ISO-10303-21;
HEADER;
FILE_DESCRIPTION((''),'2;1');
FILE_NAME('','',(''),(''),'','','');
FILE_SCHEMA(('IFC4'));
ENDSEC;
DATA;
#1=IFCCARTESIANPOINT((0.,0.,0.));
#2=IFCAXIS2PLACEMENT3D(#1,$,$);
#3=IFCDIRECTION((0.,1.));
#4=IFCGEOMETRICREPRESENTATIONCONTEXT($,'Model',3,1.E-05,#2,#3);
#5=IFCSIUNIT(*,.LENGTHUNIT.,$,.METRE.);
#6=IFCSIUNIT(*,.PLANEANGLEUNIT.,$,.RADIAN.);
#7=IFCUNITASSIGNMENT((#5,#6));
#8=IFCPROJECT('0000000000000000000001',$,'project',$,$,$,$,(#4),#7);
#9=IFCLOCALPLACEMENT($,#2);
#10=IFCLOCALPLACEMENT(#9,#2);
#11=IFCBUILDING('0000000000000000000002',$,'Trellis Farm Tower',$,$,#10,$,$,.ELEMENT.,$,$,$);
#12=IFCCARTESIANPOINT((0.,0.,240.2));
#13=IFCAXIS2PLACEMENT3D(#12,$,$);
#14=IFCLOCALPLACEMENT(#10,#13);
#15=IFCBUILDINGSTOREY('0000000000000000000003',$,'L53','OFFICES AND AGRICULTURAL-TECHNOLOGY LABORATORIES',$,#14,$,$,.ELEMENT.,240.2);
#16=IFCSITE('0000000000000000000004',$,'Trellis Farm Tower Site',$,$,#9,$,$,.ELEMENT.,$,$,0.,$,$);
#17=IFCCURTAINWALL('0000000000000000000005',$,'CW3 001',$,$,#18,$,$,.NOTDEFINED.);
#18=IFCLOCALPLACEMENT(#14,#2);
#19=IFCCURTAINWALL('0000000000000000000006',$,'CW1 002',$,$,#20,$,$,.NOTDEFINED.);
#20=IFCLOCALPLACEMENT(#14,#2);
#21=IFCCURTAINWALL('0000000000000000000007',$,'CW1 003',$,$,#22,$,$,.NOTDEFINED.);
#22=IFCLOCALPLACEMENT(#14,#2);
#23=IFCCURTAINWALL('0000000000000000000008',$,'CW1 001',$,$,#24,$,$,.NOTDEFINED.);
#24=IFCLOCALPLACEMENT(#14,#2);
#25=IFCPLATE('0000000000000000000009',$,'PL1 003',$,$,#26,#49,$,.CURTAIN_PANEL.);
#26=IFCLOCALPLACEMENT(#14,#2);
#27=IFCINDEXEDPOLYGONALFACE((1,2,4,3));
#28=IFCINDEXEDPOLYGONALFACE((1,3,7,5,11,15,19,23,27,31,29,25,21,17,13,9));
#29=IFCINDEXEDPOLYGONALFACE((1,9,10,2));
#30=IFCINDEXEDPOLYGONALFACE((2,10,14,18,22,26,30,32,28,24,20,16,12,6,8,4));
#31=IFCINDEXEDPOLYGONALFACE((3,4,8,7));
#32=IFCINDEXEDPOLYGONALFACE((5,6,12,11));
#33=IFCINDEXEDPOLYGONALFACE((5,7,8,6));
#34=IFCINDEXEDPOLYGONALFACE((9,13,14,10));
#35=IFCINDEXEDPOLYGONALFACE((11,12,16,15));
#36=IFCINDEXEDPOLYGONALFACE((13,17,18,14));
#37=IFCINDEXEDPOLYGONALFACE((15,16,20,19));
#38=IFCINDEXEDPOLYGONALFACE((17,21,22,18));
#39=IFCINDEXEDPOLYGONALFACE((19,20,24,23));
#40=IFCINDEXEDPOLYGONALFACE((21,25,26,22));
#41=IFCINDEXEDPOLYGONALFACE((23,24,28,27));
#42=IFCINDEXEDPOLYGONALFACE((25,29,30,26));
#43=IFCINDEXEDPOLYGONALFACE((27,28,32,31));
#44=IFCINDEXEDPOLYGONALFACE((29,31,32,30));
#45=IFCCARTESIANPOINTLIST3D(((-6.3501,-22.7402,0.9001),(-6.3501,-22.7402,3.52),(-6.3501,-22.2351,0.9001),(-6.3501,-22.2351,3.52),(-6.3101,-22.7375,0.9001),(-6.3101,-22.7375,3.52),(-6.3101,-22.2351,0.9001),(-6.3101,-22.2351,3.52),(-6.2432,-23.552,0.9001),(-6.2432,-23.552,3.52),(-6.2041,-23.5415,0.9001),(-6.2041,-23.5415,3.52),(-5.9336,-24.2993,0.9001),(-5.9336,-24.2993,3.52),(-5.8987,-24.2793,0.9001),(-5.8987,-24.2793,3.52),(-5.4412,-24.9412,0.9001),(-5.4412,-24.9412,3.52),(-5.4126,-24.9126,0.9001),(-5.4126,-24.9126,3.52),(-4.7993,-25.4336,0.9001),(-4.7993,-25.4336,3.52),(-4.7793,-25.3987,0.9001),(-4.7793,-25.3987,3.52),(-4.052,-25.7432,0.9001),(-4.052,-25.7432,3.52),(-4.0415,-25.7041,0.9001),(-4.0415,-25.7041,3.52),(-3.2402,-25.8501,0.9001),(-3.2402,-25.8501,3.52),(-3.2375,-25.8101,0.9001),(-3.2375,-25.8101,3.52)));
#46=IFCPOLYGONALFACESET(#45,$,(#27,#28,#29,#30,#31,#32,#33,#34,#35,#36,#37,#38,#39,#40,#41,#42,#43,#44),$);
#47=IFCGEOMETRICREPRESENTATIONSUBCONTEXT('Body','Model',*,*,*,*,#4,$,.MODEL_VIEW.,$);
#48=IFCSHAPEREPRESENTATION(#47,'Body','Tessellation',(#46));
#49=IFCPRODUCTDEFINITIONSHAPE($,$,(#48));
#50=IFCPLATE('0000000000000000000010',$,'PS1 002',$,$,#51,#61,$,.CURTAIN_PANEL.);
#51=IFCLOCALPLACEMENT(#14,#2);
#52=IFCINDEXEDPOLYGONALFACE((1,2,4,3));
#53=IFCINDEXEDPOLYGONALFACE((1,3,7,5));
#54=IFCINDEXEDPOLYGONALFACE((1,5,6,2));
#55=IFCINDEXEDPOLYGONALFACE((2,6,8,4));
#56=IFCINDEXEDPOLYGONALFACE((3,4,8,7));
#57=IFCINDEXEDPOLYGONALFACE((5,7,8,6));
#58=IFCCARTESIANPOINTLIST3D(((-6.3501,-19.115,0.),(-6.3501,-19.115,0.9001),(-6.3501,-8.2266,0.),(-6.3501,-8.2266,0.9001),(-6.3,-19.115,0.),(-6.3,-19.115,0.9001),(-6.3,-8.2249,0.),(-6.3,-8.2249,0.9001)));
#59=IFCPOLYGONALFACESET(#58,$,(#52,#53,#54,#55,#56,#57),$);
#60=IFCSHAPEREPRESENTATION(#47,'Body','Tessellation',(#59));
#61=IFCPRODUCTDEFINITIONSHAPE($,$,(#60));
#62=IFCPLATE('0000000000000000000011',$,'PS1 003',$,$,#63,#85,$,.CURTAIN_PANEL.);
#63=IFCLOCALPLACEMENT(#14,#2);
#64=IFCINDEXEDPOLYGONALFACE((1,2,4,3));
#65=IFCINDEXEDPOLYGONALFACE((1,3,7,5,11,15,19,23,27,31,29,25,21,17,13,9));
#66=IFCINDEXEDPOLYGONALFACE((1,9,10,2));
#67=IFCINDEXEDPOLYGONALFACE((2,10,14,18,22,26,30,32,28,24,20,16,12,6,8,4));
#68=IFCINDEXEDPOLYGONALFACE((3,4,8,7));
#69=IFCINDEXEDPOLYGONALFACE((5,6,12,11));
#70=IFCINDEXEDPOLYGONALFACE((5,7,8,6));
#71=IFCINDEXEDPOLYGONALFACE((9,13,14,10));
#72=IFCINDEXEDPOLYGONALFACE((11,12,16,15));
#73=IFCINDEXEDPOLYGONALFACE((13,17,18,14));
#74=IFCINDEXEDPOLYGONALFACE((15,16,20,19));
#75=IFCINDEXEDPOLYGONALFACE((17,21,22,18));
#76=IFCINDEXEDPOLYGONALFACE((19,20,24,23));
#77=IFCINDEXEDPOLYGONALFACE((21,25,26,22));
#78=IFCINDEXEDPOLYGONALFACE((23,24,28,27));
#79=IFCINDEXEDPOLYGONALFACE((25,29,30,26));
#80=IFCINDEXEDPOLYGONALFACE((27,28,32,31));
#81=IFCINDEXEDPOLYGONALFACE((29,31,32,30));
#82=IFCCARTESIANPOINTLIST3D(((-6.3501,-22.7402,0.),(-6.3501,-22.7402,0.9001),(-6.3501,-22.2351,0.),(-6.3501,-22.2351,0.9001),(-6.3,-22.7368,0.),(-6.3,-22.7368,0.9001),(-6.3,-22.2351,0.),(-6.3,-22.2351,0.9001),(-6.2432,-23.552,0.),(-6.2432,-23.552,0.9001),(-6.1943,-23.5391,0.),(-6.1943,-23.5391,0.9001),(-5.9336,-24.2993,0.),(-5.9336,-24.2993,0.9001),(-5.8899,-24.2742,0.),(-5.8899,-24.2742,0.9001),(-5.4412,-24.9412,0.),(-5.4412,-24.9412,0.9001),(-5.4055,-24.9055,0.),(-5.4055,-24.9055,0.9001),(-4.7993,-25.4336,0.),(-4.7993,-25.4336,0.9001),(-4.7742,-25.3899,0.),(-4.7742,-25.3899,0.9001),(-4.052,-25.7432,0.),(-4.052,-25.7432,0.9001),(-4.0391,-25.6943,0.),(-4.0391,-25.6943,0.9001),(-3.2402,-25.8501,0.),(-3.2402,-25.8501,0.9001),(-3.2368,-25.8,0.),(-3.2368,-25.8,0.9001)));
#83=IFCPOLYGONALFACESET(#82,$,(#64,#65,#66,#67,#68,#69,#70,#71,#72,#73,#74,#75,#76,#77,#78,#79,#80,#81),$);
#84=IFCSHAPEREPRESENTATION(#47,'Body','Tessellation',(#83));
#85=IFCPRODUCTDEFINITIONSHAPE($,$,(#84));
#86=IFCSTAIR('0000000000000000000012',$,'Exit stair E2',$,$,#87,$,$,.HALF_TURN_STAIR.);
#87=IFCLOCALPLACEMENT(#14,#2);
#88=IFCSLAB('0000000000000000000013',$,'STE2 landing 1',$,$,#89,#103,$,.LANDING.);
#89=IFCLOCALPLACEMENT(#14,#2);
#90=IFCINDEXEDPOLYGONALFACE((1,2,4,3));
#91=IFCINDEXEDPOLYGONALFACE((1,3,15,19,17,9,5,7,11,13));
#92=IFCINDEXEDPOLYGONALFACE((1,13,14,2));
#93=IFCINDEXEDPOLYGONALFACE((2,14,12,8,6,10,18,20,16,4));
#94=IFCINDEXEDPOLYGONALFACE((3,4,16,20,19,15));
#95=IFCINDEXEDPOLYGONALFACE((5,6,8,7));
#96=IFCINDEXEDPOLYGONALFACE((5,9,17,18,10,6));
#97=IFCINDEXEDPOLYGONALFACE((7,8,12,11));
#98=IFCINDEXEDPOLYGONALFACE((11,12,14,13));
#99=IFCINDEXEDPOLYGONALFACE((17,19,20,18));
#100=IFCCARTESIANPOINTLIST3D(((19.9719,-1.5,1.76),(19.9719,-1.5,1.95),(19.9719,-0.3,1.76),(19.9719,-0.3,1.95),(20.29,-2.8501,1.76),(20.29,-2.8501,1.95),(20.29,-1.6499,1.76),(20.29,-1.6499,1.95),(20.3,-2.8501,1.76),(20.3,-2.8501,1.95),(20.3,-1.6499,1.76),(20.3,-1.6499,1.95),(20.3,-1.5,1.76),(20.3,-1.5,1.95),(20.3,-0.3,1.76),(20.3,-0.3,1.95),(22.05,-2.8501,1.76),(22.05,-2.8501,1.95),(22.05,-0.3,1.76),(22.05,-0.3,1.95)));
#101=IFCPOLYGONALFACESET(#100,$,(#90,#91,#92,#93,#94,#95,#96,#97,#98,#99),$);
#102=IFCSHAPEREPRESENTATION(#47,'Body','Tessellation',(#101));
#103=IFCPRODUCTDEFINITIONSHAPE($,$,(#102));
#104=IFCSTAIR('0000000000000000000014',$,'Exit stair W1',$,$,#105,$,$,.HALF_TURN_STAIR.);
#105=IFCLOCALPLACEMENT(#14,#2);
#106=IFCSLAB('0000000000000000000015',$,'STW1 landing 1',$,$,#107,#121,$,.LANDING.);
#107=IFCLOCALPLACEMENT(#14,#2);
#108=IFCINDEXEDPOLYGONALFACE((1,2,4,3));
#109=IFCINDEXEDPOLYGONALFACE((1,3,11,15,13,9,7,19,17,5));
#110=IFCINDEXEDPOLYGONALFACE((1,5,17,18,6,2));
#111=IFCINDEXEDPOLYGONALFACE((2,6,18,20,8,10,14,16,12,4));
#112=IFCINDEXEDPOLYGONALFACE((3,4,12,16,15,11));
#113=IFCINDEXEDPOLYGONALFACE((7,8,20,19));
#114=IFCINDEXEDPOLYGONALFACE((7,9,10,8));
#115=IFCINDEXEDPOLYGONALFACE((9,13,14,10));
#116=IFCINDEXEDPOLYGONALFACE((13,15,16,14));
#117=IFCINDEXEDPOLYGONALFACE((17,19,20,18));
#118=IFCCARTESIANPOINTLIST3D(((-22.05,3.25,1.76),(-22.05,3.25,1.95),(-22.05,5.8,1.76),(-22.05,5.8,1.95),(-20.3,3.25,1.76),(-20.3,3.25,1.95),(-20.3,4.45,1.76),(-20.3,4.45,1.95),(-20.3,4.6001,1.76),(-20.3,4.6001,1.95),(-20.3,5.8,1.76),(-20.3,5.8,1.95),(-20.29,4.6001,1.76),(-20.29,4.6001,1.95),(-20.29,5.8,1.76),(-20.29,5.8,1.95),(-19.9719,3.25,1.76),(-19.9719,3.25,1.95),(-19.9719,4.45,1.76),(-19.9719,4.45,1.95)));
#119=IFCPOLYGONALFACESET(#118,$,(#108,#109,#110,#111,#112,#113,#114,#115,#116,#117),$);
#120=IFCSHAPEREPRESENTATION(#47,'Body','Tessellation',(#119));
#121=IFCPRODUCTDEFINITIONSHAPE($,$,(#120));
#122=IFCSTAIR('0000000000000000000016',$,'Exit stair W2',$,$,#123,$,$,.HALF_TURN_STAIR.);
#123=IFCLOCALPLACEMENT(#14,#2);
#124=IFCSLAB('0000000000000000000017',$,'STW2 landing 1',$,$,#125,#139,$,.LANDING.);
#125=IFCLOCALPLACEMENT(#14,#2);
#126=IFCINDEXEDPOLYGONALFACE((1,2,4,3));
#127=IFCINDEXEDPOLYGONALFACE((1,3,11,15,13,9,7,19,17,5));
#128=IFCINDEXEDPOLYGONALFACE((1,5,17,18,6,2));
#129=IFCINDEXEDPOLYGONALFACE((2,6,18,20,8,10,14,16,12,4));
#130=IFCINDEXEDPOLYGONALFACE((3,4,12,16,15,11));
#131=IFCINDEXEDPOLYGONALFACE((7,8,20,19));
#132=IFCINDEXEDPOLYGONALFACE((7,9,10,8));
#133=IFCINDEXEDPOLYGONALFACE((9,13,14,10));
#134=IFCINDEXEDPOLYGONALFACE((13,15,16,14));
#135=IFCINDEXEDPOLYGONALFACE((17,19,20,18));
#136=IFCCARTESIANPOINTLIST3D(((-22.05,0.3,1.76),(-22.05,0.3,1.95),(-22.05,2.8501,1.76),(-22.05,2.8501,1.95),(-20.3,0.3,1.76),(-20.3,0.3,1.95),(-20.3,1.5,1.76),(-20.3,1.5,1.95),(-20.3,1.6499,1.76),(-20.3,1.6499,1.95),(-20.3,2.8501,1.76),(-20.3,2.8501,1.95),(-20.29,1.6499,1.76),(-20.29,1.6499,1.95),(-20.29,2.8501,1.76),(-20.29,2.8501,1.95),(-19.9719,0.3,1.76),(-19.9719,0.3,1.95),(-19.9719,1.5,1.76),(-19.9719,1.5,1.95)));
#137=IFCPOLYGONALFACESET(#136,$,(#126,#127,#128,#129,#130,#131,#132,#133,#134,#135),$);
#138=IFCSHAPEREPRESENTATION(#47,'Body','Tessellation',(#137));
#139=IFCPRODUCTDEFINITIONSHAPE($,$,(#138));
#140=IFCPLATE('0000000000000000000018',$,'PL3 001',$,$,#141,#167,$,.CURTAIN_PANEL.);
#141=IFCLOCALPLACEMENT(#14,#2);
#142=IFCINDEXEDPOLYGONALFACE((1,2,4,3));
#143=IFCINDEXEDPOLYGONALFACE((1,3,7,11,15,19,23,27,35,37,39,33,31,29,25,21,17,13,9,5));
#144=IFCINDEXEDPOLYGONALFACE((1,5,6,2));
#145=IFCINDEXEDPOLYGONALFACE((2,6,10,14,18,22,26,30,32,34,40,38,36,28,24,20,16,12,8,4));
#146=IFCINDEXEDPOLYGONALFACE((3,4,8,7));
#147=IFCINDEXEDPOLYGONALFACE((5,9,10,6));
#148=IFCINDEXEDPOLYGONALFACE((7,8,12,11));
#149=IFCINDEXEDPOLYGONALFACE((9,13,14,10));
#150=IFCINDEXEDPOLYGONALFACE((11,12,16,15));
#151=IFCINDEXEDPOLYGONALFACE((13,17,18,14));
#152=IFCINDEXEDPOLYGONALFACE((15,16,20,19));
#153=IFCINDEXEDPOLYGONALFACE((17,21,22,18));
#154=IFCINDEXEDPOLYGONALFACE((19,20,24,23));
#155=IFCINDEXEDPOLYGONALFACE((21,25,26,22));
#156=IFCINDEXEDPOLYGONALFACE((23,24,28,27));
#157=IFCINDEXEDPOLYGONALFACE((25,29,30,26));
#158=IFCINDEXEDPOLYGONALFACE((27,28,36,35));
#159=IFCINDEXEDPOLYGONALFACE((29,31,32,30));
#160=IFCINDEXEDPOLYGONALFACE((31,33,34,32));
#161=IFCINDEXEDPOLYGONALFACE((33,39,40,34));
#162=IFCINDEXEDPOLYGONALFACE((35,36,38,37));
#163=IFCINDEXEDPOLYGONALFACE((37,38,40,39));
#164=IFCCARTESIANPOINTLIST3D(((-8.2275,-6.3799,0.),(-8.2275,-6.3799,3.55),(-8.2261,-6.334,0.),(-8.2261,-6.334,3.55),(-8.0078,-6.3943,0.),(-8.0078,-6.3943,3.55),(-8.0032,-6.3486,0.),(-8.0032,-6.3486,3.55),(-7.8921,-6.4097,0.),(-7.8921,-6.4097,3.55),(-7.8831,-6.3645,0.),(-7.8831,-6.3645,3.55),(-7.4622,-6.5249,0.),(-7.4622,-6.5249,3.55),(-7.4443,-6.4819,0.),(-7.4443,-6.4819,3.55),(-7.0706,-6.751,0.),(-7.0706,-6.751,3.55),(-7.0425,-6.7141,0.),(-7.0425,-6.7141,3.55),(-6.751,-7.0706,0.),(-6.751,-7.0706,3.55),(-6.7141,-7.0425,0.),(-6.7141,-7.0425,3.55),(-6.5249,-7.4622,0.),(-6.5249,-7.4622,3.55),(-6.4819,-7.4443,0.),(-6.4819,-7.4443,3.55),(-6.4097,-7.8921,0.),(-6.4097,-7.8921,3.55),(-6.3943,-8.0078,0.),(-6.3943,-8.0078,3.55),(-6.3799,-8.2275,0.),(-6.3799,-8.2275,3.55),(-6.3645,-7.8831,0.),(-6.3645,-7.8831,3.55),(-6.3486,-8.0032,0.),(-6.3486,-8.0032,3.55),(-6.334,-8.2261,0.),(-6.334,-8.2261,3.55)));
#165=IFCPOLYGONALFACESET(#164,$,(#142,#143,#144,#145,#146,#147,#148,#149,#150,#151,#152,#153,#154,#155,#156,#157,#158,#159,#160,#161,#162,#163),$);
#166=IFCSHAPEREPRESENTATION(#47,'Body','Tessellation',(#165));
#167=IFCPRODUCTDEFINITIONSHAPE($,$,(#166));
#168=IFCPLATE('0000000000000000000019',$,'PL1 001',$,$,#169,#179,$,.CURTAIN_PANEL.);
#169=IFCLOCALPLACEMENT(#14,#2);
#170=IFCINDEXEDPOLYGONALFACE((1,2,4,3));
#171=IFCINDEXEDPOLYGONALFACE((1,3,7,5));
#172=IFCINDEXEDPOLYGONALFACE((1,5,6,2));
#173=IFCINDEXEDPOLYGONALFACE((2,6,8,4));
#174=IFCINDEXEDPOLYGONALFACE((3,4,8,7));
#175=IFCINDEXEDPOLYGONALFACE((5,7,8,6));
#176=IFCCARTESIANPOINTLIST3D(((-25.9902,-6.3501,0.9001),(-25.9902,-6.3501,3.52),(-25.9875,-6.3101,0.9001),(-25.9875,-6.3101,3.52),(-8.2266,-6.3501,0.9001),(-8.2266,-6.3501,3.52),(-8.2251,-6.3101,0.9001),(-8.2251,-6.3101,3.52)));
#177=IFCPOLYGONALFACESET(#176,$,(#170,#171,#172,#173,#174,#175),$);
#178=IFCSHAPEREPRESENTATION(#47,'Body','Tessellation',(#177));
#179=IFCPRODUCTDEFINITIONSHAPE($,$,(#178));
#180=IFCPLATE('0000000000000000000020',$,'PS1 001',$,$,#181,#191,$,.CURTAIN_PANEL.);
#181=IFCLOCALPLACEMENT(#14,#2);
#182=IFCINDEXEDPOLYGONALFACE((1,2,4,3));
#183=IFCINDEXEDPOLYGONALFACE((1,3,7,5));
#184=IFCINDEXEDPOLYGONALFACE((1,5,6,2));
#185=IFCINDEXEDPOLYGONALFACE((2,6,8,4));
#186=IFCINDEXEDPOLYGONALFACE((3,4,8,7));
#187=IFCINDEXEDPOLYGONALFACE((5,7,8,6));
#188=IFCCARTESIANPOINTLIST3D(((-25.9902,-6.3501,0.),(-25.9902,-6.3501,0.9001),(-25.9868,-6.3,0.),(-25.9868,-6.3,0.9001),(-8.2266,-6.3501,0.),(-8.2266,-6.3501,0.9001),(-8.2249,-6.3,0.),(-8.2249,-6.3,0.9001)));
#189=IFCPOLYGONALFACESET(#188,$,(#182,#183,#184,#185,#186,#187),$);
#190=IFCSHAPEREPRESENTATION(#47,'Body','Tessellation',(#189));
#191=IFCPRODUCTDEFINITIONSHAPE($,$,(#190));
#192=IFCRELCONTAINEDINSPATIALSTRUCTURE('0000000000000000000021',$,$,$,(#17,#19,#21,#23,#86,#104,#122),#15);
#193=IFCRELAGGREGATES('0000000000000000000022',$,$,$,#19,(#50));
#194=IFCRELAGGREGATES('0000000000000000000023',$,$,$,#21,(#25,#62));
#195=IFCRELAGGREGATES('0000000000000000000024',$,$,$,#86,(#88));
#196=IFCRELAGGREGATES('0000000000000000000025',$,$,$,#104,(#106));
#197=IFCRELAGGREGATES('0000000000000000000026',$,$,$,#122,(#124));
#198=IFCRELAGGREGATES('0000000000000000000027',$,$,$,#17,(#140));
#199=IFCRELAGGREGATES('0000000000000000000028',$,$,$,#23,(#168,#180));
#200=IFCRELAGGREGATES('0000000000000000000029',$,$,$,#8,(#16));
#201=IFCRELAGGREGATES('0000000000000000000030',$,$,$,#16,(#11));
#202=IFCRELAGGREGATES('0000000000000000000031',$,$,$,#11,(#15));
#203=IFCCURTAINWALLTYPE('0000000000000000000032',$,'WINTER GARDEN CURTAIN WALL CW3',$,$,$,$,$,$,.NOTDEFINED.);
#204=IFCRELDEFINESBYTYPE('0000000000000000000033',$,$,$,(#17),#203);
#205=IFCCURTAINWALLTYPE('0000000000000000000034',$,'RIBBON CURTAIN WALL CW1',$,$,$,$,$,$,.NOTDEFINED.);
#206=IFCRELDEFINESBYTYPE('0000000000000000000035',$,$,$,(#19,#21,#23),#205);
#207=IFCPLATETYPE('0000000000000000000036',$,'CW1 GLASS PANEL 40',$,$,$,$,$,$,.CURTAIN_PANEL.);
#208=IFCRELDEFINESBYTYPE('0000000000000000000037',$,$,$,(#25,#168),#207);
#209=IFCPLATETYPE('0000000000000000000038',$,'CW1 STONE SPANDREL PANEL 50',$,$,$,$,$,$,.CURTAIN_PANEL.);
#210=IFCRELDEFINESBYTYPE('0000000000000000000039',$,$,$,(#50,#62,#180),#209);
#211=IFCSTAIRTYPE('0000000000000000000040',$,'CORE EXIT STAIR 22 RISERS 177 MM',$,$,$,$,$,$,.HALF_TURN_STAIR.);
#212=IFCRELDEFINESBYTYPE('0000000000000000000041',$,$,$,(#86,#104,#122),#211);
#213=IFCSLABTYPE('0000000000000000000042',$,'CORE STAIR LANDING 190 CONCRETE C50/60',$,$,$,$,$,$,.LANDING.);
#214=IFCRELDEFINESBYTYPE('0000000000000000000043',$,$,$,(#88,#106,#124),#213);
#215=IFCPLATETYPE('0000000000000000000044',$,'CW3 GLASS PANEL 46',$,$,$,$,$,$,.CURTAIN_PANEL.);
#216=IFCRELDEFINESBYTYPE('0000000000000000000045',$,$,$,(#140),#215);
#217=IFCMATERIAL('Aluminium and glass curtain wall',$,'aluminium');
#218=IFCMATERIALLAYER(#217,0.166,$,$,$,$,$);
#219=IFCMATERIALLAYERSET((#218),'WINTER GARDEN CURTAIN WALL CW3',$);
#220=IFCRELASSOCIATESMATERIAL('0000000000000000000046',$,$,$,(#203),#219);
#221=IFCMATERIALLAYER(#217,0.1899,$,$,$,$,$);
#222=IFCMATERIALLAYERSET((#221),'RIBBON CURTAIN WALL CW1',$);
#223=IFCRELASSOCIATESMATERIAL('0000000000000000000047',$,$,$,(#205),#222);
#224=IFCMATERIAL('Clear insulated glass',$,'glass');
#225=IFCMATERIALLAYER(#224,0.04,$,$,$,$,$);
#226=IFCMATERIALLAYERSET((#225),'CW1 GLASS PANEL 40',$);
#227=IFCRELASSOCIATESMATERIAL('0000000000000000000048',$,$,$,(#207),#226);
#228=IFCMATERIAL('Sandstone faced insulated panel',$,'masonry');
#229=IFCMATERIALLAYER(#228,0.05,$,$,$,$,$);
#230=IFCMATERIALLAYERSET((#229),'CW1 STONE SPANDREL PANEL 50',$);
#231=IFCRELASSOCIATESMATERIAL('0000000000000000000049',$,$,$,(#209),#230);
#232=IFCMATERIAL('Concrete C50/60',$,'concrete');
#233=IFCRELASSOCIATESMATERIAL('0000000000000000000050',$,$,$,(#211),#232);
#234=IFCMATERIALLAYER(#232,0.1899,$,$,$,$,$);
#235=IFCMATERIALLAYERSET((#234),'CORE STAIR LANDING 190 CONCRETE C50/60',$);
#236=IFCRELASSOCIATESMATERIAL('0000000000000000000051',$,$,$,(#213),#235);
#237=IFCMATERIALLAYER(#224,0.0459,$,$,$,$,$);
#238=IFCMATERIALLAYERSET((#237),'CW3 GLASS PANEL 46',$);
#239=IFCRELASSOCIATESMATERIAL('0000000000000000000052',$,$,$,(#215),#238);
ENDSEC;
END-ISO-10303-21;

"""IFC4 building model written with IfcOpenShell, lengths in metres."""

from ifc_helpers import new_model, si_unit, direction, frame, origin, place, context, subcontext, project, spatial, polyline, outline, extrude, source, transform, mapped, material, layer, layer_set, type_object, element, aggregate, save


model = new_model("IFC4")

# Units and contexts
model_context = context("Model", 3, precision=1e-05, world=origin(), true_north=direction((0.0, 1.0)))
body_context = subcontext(model_context, "Body", "Model", "MODEL_VIEW")
ifc_project = project(units=[si_unit("LENGTHUNIT", "METRE"), si_unit("PLANEANGLEUNIT", "RADIAN")], contexts=[model_context])

# Site, building, storey
site_placement = place(None, origin())
site = spatial("IfcSite", under=ifc_project, at=site_placement, Name="Trellis Farm Tower Site", CompositionType="ELEMENT", RefElevation=0.0)
building_placement = place(site_placement, origin())
building = spatial("IfcBuilding", under=site, at=building_placement, Name="Trellis Farm Tower", CompositionType="ELEMENT")
storey_placement = place(building_placement, frame((0.0, 0.0, 240.2)))
storey = spatial("IfcBuildingStorey", under=building, at=storey_placement, Name="L53", Description="OFFICES AND AGRICULTURAL-TECHNOLOGY LABORATORIES", CompositionType="ELEMENT", Elevation=240.2)

# Curtain walls
ifc_material_1 = material(Name="Aluminium and glass curtain wall", Category="aluminium")
ifc_layer_1 = layer(ifc_material_1, 0.166)
ifc_layer_set_1 = layer_set([ifc_layer_1], Name="WINTER GARDEN CURTAIN WALL CW3")
curtain_wall_type_1 = type_object("IfcCurtainWallType", Name="WINTER GARDEN CURTAIN WALL CW3", PredefinedType="NOTDEFINED", material=ifc_layer_set_1)
placement_1 = place(storey_placement, origin())
curtain_wall_1 = element("IfcCurtainWall", 1, at=placement_1, inside=storey, type_object=curtain_wall_type_1, Name="CW3 001", PredefinedType="NOTDEFINED")
ifc_layer_2 = layer(ifc_material_1, 0.1899)
ifc_layer_set_2 = layer_set([ifc_layer_2], Name="RIBBON CURTAIN WALL CW1")
curtain_wall_type_2 = type_object("IfcCurtainWallType", Name="RIBBON CURTAIN WALL CW1", PredefinedType="NOTDEFINED", material=ifc_layer_set_2)
curtain_wall_2 = element("IfcCurtainWall", 2, at=placement_1, inside=storey, type_object=curtain_wall_type_2, Name="CW1 002", PredefinedType="NOTDEFINED")
curtain_wall_3 = element("IfcCurtainWall", 3, at=placement_1, inside=storey, type_object=curtain_wall_type_2, Name="CW1 003", PredefinedType="NOTDEFINED")
curtain_wall_4 = element("IfcCurtainWall", 4, at=placement_1, inside=storey, type_object=curtain_wall_type_2, Name="CW1 001", PredefinedType="NOTDEFINED")

# Plates
ifc_material_2 = material(Name="Clear insulated glass", Category="glass")
ifc_layer_3 = layer(ifc_material_2, 0.04)
ifc_layer_set_3 = layer_set([ifc_layer_3], Name="CW1 GLASS PANEL 40")
plate_type_1 = type_object("IfcPlateType", Name="CW1 GLASS PANEL 40", PredefinedType="CURTAIN_PANEL", material=ifc_layer_set_3)
placement_2 = place(storey_placement, frame((0.0, 0.0, 0.9001)))
plate_1 = element("IfcPlate", 5, at=placement_2, type_object=plate_type_1, Name="PL1 003", PredefinedType="CURTAIN_PANEL", context=body_context, shape_type="SweptSolid", body=[
    extrude(outline(polyline([(-6.3501, -22.2351), (-6.3501, -22.7402), (-6.2432, -23.552), (-5.9336, -24.2993), (-5.4412, -24.9412), (-4.7993, -25.4336), (-4.052, -25.7432), (-3.2402, -25.8501), (-3.2375, -25.8101), (-4.0415, -25.7041), (-4.7793, -25.3987), (-5.4126, -24.9126), (-5.8987, -24.2793), (-6.2041, -23.5415), (-6.3101, -22.7375), (-6.3101, -22.2351), (-6.3501, -22.2351)])), origin(), (0.0, 0.0, 1.0), 2.6199),
])
ifc_material_3 = material(Name="Sandstone faced insulated panel", Category="masonry")
ifc_layer_4 = layer(ifc_material_3, 0.05)
ifc_layer_set_4 = layer_set([ifc_layer_4], Name="CW1 STONE SPANDREL PANEL 50")
plate_type_2 = type_object("IfcPlateType", Name="CW1 STONE SPANDREL PANEL 50", PredefinedType="CURTAIN_PANEL", material=ifc_layer_set_4)
plate_2 = element("IfcPlate", 6, at=placement_1, type_object=plate_type_2, Name="PS1 002", PredefinedType="CURTAIN_PANEL", context=body_context, shape_type="SweptSolid", body=[
    extrude(outline(polyline([(-6.3501, -8.2266), (-6.3501, -19.115), (-6.3, -19.115), (-6.3, -8.2249), (-6.3501, -8.2266)])), origin(), (0.0, 0.0, 1.0), 0.9001),
])
aggregate(curtain_wall_2, [plate_2])
plate_3 = element("IfcPlate", 7, at=placement_1, type_object=plate_type_2, Name="PS1 003", PredefinedType="CURTAIN_PANEL", context=body_context, shape_type="SweptSolid", body=[
    extrude(outline(polyline([(-6.3501, -22.2351), (-6.3501, -22.7402), (-6.2432, -23.552), (-5.9336, -24.2993), (-5.4412, -24.9412), (-4.7993, -25.4336), (-4.052, -25.7432), (-3.2402, -25.8501), (-3.2368, -25.8), (-4.0391, -25.6943), (-4.7742, -25.3899), (-5.4055, -24.9055), (-5.8899, -24.2742), (-6.1943, -23.5391), (-6.3, -22.7368), (-6.3, -22.2351), (-6.3501, -22.2351)])), origin(), (0.0, 0.0, 1.0), 0.9001),
])
aggregate(curtain_wall_3, [plate_1, plate_3])

# Stairs, slabs
ifc_material_4 = material(Name="Concrete C50/60", Category="concrete")
stair_type = type_object("IfcStairType", Name="CORE EXIT STAIR 22 RISERS 177 MM", PredefinedType="HALF_TURN_STAIR", material=ifc_material_4)
stair_1 = element("IfcStair", 8, at=placement_1, inside=storey, type_object=stair_type, Name="Exit stair E2", PredefinedType="HALF_TURN_STAIR")
ifc_layer_5 = layer(ifc_material_4, 0.1899)
ifc_layer_set_5 = layer_set([ifc_layer_5], Name="CORE STAIR LANDING 190 CONCRETE C50/60")
slab_type = type_object("IfcSlabType", Name="CORE STAIR LANDING 190 CONCRETE C50/60", PredefinedType="LANDING", material=ifc_layer_set_5)
shared_shape_1 = source(origin(), body_context, "Body", "SweptSolid", [
    extrude(outline(polyline([(20.29, -2.8501), (20.29, -1.6499), (20.3, -1.6499), (20.3, -1.5), (19.9719, -1.5), (19.9719, -0.3), (20.3, -0.3), (22.05, -0.3), (22.05, -2.8501), (20.3, -2.8501), (20.29, -2.8501)])), origin(), (0.0, 0.0, 1.0), 0.1899),
])
placement_3 = place(storey_placement, frame((0.0, 0.0, 1.76)))
slab_1 = element("IfcSlab", 9, at=placement_3, type_object=slab_type, Name="STE2 landing 1", PredefinedType="LANDING", context=body_context, shape_type="MappedRepresentation", body=[
    mapped(shared_shape_1, transform((0.0, 0.0, 0.0))),
])
aggregate(stair_1, [slab_1])
stair_2 = element("IfcStair", 10, at=placement_1, inside=storey, type_object=stair_type, Name="Exit stair W1", PredefinedType="HALF_TURN_STAIR")
shared_shape_2 = source(origin(), body_context, "Body", "SweptSolid", [
    extrude(outline(polyline([(-19.9719, 4.45), (-19.9719, 3.25), (-20.3, 3.25), (-22.05, 3.25), (-22.05, 5.8), (-20.3, 5.8), (-20.29, 5.8), (-20.29, 4.6001), (-20.3, 4.6001), (-20.3, 4.45), (-19.9719, 4.45)])), origin(), (0.0, 0.0, 1.0), 0.1899),
])
slab_2 = element("IfcSlab", 11, at=placement_3, type_object=slab_type, Name="STW1 landing 1", PredefinedType="LANDING", context=body_context, shape_type="MappedRepresentation", body=[
    mapped(shared_shape_2, transform((0.0, 0.0, 0.0))),
])
aggregate(stair_2, [slab_2])
stair_3 = element("IfcStair", 12, at=placement_1, inside=storey, type_object=stair_type, Name="Exit stair W2", PredefinedType="HALF_TURN_STAIR")
shared_shape_3 = source(origin(), body_context, "Body", "SweptSolid", [
    extrude(outline(polyline([(-19.9719, 1.5), (-19.9719, 0.3), (-20.3, 0.3), (-22.05, 0.3), (-22.05, 2.8501), (-20.3, 2.8501), (-20.29, 2.8501), (-20.29, 1.6499), (-20.3, 1.6499), (-20.3, 1.5), (-19.9719, 1.5)])), origin(), (0.0, 0.0, 1.0), 0.1899),
])
slab_3 = element("IfcSlab", 13, at=placement_3, type_object=slab_type, Name="STW2 landing 1", PredefinedType="LANDING", context=body_context, shape_type="MappedRepresentation", body=[
    mapped(shared_shape_3, transform((0.0, 0.0, 0.0))),
])
aggregate(stair_3, [slab_3])

# Plates
ifc_layer_6 = layer(ifc_material_2, 0.0459)
ifc_layer_set_6 = layer_set([ifc_layer_6], Name="CW3 GLASS PANEL 46")
plate_type_3 = type_object("IfcPlateType", Name="CW3 GLASS PANEL 46", PredefinedType="CURTAIN_PANEL", material=ifc_layer_set_6)
shared_shape_4 = source(origin(), body_context, "Body", "SweptSolid", [
    extrude(outline(polyline([(-8.2275, -6.3799), (-8.0078, -6.3943), (-7.8921, -6.4097), (-7.4622, -6.5249), (-7.0706, -6.751), (-6.751, -7.0706), (-6.5249, -7.4622), (-6.4097, -7.8921), (-6.3943, -8.0078), (-6.3799, -8.2275), (-6.334, -8.2261), (-6.3486, -8.0032), (-6.3645, -7.8831), (-6.4819, -7.4443), (-6.7141, -7.0425), (-7.0425, -6.7141), (-7.4443, -6.4819), (-7.8831, -6.3645), (-8.0032, -6.3486), (-8.2261, -6.334), (-8.2275, -6.3799)])), origin(), (0.0, 0.0, 1.0), 3.55),
])
plate_4 = element("IfcPlate", 14, at=placement_1, type_object=plate_type_3, Name="PL3 001", PredefinedType="CURTAIN_PANEL", context=body_context, shape_type="MappedRepresentation", body=[
    mapped(shared_shape_4, transform((0.0, 0.0, 0.0))),
])
aggregate(curtain_wall_1, [plate_4])
shared_shape_5 = source(origin(), body_context, "Body", "SweptSolid", [
    extrude(outline(polyline([(-25.9902, -6.3501), (-8.2266, -6.3501), (-8.2251, -6.3101), (-25.9875, -6.3101), (-25.9902, -6.3501)])), origin(), (0.0, 0.0, 1.0), 2.6199),
])
plate_5 = element("IfcPlate", 15, at=placement_2, type_object=plate_type_1, Name="PL1 001", PredefinedType="CURTAIN_PANEL", context=body_context, shape_type="MappedRepresentation", body=[
    mapped(shared_shape_5, transform((0.0, 0.0, 0.0))),
])
shared_shape_6 = source(origin(), body_context, "Body", "SweptSolid", [
    extrude(outline(polyline([(-25.9902, -6.3501), (-8.2266, -6.3501), (-8.2249, -6.3), (-25.9868, -6.3), (-25.9902, -6.3501)])), origin(), (0.0, 0.0, 1.0), 0.9001),
])
plate_6 = element("IfcPlate", 16, at=placement_1, type_object=plate_type_2, Name="PS1 001", PredefinedType="CURTAIN_PANEL", context=body_context, shape_type="MappedRepresentation", body=[
    mapped(shared_shape_6, transform((0.0, 0.0, 0.0))),
])
aggregate(curtain_wall_4, [plate_5, plate_6])

save(model, "model.ifc")
